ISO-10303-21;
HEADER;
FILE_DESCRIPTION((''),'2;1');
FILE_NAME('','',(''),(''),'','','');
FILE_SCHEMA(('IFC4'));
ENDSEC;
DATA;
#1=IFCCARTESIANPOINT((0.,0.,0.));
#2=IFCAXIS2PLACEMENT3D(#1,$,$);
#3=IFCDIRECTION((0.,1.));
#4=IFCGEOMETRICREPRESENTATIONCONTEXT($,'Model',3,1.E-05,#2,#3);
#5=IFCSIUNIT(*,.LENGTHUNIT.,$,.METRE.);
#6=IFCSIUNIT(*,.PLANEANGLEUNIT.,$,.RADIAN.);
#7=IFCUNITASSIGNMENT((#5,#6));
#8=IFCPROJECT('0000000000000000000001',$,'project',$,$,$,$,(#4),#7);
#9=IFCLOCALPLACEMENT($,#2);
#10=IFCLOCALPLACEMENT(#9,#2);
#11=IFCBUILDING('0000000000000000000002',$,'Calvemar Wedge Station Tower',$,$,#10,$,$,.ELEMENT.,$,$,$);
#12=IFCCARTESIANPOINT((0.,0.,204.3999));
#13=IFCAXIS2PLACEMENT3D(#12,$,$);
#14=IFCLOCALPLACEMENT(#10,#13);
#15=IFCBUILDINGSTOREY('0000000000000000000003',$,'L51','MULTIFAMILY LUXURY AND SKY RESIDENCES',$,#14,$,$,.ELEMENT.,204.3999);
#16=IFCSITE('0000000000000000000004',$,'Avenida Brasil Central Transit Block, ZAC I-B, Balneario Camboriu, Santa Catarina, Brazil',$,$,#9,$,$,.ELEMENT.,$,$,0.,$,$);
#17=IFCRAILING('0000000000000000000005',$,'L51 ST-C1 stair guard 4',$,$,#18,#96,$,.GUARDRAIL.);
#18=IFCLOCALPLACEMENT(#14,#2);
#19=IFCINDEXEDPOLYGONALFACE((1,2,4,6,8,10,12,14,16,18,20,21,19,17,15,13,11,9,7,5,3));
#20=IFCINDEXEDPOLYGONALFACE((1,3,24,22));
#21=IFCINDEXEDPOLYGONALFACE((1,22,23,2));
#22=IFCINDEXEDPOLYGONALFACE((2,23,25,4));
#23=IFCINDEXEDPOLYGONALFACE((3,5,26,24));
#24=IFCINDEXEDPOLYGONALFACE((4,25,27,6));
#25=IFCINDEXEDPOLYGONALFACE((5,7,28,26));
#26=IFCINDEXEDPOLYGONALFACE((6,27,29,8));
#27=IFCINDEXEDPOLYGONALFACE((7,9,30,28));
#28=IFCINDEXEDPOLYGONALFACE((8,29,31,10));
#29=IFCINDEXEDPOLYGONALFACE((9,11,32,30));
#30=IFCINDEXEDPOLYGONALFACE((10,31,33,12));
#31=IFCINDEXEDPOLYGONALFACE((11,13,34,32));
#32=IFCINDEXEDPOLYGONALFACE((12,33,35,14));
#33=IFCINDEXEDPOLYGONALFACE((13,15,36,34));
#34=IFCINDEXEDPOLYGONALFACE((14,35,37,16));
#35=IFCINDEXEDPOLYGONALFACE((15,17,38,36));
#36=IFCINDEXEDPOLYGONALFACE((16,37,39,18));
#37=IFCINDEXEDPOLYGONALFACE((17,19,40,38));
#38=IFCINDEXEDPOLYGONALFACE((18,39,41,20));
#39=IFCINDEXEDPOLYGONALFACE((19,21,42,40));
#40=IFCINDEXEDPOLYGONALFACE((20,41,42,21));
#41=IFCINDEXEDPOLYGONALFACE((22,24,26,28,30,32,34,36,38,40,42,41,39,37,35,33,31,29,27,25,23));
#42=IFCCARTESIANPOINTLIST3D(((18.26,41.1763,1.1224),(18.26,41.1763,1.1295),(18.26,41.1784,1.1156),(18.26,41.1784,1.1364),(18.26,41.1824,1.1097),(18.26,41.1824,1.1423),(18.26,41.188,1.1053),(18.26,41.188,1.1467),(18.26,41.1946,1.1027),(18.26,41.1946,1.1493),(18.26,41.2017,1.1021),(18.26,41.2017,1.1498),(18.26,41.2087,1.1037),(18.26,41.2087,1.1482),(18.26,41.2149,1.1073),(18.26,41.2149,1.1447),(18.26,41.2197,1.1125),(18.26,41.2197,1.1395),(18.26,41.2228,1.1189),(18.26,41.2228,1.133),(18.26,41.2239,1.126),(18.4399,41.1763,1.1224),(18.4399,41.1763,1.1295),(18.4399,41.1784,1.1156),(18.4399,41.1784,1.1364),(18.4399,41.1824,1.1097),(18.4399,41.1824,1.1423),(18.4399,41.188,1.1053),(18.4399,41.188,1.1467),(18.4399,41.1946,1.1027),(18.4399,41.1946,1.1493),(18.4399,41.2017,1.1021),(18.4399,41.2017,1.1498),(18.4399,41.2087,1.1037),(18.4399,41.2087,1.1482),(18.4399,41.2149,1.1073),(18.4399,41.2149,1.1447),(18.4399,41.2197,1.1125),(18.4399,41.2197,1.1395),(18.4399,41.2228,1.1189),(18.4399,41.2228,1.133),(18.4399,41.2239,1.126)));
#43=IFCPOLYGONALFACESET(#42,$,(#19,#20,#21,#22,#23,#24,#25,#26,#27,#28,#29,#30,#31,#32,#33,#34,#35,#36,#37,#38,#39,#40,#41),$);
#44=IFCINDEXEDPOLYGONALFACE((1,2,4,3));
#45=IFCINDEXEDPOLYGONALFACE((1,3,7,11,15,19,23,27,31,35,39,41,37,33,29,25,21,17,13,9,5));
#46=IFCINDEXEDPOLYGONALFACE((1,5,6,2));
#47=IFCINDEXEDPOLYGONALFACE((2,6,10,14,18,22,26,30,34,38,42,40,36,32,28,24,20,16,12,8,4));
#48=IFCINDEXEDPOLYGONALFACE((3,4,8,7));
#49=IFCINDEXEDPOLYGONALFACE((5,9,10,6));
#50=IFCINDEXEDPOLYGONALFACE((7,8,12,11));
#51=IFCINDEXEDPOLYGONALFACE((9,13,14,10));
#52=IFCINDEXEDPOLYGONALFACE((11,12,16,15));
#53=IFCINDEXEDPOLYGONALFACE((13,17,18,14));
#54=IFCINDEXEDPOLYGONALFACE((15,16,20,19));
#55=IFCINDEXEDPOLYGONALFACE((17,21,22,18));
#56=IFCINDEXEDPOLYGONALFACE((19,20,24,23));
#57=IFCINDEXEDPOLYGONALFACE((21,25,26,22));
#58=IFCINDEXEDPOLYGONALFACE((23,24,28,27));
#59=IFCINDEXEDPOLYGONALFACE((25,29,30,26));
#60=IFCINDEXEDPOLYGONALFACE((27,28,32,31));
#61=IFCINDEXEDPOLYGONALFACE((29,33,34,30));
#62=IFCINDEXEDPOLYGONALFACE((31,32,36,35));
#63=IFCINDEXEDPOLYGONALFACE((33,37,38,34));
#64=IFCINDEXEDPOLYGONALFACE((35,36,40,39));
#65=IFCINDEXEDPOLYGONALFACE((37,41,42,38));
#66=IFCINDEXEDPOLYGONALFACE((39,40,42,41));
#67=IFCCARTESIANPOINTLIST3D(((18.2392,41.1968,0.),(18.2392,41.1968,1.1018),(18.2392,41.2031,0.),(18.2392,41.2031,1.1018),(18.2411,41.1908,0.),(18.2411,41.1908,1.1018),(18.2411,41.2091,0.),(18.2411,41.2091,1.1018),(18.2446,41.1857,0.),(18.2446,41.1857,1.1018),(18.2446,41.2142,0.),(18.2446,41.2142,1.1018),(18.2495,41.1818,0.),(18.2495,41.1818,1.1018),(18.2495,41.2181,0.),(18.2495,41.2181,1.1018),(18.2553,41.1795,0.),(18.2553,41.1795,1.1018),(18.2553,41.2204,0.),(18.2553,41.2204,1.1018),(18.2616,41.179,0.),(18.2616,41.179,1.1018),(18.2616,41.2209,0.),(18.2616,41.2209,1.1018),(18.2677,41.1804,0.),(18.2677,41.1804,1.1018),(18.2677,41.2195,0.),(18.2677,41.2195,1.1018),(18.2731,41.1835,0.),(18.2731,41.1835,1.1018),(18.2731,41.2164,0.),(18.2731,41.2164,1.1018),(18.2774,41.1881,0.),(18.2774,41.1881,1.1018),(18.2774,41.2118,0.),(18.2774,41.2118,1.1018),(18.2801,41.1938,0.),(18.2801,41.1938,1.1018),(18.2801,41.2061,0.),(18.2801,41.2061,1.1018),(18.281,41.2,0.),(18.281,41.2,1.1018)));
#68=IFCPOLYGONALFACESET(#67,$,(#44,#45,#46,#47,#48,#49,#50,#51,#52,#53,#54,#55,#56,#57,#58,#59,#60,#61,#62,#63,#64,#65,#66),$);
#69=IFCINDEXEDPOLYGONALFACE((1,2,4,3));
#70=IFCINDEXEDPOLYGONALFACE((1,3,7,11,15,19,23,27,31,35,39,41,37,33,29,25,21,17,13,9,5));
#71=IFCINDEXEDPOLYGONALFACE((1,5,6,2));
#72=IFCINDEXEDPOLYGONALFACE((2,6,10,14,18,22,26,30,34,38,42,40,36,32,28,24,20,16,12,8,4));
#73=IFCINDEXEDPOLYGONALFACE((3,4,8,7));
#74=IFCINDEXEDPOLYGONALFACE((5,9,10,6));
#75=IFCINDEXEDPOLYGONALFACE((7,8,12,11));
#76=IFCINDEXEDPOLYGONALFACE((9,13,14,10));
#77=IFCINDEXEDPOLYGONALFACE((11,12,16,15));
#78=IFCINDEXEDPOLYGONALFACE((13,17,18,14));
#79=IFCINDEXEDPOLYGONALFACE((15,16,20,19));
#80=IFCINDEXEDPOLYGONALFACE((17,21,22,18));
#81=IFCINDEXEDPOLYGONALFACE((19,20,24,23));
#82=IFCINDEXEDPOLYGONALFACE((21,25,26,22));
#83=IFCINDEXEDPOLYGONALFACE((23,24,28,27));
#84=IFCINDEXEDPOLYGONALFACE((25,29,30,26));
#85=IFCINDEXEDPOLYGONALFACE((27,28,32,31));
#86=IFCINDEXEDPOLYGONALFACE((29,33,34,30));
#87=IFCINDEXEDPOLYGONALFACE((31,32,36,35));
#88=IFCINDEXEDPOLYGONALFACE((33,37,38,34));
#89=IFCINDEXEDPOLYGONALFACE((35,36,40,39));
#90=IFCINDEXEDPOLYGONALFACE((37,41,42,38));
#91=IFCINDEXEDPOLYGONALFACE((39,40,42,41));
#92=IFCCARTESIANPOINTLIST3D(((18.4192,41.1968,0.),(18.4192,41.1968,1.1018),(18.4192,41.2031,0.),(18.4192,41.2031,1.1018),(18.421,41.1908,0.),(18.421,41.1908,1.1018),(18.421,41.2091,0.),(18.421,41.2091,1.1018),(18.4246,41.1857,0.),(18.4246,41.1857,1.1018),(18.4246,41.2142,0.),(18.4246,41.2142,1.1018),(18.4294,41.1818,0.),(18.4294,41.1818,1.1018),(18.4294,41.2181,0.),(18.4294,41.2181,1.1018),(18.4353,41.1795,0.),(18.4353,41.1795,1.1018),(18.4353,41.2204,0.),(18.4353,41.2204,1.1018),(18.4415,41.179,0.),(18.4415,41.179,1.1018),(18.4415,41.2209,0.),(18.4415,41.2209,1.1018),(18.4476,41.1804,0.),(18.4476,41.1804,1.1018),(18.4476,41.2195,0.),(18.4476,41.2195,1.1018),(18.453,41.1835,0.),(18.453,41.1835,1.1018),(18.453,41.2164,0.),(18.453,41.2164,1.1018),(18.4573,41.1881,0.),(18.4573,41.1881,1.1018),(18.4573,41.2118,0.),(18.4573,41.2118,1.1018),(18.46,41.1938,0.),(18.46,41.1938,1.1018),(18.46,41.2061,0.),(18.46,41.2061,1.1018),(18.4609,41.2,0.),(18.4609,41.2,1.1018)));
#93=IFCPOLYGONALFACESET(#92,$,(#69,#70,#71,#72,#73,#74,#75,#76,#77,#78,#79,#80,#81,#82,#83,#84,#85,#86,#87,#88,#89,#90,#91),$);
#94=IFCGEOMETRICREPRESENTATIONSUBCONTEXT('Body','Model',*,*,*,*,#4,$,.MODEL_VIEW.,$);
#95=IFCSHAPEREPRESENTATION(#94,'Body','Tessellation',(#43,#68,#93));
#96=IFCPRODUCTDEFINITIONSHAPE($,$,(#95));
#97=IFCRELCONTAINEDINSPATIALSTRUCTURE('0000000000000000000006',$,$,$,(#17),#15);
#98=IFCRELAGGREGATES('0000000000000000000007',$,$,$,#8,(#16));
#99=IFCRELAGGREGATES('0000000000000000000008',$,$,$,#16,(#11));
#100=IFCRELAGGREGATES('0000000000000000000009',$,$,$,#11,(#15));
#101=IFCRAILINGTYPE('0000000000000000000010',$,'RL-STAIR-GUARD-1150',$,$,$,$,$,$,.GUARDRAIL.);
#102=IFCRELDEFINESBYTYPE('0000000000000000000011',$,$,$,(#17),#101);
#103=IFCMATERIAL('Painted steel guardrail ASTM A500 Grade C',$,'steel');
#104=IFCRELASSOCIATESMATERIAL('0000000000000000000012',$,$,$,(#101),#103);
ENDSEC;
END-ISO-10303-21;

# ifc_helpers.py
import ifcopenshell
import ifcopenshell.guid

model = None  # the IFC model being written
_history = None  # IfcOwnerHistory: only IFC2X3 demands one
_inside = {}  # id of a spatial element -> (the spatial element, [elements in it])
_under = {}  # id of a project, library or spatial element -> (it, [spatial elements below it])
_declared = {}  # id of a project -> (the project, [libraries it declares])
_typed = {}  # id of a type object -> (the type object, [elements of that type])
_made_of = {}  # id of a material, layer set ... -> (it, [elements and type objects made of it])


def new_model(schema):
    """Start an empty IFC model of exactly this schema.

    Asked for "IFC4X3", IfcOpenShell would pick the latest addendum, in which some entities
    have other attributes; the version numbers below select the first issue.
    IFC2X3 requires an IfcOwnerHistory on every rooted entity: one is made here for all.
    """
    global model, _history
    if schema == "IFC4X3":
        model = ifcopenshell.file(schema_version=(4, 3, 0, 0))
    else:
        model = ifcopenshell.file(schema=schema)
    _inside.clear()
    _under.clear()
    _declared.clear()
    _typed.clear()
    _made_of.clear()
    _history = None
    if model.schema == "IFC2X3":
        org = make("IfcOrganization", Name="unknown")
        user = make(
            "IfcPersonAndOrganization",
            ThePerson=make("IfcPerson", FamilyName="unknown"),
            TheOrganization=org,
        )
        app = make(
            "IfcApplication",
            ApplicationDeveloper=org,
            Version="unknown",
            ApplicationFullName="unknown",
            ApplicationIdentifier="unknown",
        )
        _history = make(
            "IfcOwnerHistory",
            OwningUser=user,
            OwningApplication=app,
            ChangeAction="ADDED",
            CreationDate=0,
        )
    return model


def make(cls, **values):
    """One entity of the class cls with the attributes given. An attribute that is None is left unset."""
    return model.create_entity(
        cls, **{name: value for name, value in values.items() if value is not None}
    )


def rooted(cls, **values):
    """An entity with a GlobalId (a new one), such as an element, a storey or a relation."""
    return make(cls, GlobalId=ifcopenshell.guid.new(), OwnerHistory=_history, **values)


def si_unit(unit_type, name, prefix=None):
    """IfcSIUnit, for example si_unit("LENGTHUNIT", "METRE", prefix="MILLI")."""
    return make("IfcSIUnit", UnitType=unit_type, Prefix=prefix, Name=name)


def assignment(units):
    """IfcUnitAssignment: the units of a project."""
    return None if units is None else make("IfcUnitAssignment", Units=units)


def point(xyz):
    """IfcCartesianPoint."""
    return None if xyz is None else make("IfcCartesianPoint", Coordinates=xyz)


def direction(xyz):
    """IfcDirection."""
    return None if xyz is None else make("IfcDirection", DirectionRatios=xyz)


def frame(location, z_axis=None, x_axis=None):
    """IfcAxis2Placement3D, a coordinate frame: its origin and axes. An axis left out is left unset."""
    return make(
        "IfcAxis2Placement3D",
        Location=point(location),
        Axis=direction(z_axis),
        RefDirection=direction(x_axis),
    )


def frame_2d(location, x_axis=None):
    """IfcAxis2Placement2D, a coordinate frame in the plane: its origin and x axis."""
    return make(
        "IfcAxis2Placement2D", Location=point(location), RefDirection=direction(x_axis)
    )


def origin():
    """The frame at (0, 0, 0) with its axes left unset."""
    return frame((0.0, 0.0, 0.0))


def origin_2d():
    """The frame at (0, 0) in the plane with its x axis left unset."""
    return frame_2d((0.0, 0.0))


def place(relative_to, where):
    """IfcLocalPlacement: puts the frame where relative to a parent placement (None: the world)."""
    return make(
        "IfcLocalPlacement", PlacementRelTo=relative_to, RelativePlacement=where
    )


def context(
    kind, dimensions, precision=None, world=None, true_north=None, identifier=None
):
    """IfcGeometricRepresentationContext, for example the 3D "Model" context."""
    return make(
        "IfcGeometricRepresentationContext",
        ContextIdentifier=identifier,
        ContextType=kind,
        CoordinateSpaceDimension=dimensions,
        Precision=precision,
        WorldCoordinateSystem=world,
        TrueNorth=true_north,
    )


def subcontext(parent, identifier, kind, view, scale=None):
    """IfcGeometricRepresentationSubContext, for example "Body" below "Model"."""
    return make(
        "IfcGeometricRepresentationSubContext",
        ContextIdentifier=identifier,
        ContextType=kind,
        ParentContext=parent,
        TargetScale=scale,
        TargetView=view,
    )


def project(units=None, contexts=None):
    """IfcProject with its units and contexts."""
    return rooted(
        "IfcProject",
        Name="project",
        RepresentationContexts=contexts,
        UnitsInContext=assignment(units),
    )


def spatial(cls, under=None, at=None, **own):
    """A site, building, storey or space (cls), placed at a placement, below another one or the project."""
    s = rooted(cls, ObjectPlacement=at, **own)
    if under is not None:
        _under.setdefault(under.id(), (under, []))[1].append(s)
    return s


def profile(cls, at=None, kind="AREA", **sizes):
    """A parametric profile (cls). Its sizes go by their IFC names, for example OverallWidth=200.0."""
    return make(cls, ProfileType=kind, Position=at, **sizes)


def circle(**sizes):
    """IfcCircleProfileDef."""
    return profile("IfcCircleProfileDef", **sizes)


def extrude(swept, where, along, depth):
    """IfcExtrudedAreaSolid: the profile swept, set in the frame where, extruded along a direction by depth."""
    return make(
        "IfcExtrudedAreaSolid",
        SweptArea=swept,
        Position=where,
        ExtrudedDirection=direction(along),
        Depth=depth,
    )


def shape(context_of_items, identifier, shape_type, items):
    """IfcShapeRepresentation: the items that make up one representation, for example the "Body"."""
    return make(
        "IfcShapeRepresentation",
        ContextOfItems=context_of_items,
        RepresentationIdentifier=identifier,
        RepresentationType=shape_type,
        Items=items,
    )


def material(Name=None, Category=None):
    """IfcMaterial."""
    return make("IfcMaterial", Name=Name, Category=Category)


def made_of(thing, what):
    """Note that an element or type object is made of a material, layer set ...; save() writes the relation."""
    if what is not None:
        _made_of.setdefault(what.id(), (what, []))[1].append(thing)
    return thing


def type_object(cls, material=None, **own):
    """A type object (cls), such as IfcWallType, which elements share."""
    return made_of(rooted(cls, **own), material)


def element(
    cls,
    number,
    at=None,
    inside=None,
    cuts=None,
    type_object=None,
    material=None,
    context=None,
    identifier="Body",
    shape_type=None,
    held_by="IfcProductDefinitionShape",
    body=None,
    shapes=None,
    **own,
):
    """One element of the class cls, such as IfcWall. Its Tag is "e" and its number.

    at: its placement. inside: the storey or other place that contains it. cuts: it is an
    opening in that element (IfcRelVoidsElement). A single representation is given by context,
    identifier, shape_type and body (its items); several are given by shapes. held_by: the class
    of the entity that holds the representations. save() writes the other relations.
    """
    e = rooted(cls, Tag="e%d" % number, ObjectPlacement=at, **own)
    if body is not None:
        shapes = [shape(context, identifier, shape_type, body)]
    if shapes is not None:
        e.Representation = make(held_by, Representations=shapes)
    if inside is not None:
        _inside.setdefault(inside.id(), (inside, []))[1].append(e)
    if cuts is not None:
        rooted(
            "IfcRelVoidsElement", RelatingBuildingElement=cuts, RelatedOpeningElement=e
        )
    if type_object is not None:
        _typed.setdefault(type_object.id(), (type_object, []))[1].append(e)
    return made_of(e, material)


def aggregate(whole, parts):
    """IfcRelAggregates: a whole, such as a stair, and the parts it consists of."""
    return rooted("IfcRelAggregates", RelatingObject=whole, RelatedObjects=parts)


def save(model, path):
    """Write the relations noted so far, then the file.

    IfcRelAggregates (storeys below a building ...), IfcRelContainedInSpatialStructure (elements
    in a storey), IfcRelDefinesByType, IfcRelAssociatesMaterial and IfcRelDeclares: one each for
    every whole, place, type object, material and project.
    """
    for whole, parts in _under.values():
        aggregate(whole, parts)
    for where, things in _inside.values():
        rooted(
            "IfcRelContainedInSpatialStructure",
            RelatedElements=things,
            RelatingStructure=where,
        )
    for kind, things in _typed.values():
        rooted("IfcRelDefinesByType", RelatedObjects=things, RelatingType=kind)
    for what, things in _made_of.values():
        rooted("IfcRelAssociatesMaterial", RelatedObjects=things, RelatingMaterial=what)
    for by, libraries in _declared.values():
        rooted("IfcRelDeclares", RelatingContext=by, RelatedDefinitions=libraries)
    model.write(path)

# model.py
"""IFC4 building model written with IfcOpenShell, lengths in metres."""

from ifc_helpers import new_model, si_unit, direction, frame, origin, origin_2d, place, context, subcontext, project, spatial, circle, extrude, material, type_object, element, save


model = new_model("IFC4")

# Units and contexts
model_context = context("Model", 3, precision=1e-05, world=origin(), true_north=direction((0.0, 1.0)))
body_context = subcontext(model_context, "Body", "Model", "MODEL_VIEW")
ifc_project = project(units=[si_unit("LENGTHUNIT", "METRE"), si_unit("PLANEANGLEUNIT", "RADIAN")], contexts=[model_context])

# Site, building, storey
site_placement = place(None, origin())
site = spatial("IfcSite", under=ifc_project, at=site_placement, Name="Avenida Brasil Central Transit Block, ZAC I-B, Balneario Camboriu, Santa Catarina, Brazil", CompositionType="ELEMENT", RefElevation=0.0)
building_placement = place(site_placement, origin())
building = spatial("IfcBuilding", under=site, at=building_placement, Name="Calvemar Wedge Station Tower", CompositionType="ELEMENT")
storey_placement = place(building_placement, frame((0.0, 0.0, 204.3999)))
storey = spatial("IfcBuildingStorey", under=building, at=storey_placement, Name="L51", Description="MULTIFAMILY LUXURY AND SKY RESIDENCES", CompositionType="ELEMENT", Elevation=204.3999)

# Railing
ifc_material_1 = material(Name="Painted steel guardrail ASTM A500 Grade C", Category="steel")
railing_type = type_object("IfcRailingType", Name="RL-STAIR-GUARD-1150", PredefinedType="GUARDRAIL", material=ifc_material_1)
railing_1_placement = place(storey_placement, frame((18.26, 41.2, 0.0)))
element("IfcRailing", 1, at=railing_1_placement, inside=storey, type_object=railing_type, Name="L51 ST-C1 stair guard 4", PredefinedType="GUARDRAIL", context=body_context, shape_type="SweptSolid", body=[
    extrude(circle(Radius=0.0239, at=origin_2d()), frame((0.0, 0.0, 1.126), z_axis=(1.0, 0.0, 0.0), x_axis=(0.0, 1.0, 0.0)), (0.0, 0.0, 1.0), 0.1799),
    extrude(circle(Radius=0.021, at=origin_2d()), origin(), (0.0, 0.0, 1.0), 1.1018),
    extrude(circle(Radius=0.021, at=origin_2d()), frame((0.1799, 0.0, 0.0)), (0.0, 0.0, 1.0), 1.1018),
])

save(model, "model.ifc")
